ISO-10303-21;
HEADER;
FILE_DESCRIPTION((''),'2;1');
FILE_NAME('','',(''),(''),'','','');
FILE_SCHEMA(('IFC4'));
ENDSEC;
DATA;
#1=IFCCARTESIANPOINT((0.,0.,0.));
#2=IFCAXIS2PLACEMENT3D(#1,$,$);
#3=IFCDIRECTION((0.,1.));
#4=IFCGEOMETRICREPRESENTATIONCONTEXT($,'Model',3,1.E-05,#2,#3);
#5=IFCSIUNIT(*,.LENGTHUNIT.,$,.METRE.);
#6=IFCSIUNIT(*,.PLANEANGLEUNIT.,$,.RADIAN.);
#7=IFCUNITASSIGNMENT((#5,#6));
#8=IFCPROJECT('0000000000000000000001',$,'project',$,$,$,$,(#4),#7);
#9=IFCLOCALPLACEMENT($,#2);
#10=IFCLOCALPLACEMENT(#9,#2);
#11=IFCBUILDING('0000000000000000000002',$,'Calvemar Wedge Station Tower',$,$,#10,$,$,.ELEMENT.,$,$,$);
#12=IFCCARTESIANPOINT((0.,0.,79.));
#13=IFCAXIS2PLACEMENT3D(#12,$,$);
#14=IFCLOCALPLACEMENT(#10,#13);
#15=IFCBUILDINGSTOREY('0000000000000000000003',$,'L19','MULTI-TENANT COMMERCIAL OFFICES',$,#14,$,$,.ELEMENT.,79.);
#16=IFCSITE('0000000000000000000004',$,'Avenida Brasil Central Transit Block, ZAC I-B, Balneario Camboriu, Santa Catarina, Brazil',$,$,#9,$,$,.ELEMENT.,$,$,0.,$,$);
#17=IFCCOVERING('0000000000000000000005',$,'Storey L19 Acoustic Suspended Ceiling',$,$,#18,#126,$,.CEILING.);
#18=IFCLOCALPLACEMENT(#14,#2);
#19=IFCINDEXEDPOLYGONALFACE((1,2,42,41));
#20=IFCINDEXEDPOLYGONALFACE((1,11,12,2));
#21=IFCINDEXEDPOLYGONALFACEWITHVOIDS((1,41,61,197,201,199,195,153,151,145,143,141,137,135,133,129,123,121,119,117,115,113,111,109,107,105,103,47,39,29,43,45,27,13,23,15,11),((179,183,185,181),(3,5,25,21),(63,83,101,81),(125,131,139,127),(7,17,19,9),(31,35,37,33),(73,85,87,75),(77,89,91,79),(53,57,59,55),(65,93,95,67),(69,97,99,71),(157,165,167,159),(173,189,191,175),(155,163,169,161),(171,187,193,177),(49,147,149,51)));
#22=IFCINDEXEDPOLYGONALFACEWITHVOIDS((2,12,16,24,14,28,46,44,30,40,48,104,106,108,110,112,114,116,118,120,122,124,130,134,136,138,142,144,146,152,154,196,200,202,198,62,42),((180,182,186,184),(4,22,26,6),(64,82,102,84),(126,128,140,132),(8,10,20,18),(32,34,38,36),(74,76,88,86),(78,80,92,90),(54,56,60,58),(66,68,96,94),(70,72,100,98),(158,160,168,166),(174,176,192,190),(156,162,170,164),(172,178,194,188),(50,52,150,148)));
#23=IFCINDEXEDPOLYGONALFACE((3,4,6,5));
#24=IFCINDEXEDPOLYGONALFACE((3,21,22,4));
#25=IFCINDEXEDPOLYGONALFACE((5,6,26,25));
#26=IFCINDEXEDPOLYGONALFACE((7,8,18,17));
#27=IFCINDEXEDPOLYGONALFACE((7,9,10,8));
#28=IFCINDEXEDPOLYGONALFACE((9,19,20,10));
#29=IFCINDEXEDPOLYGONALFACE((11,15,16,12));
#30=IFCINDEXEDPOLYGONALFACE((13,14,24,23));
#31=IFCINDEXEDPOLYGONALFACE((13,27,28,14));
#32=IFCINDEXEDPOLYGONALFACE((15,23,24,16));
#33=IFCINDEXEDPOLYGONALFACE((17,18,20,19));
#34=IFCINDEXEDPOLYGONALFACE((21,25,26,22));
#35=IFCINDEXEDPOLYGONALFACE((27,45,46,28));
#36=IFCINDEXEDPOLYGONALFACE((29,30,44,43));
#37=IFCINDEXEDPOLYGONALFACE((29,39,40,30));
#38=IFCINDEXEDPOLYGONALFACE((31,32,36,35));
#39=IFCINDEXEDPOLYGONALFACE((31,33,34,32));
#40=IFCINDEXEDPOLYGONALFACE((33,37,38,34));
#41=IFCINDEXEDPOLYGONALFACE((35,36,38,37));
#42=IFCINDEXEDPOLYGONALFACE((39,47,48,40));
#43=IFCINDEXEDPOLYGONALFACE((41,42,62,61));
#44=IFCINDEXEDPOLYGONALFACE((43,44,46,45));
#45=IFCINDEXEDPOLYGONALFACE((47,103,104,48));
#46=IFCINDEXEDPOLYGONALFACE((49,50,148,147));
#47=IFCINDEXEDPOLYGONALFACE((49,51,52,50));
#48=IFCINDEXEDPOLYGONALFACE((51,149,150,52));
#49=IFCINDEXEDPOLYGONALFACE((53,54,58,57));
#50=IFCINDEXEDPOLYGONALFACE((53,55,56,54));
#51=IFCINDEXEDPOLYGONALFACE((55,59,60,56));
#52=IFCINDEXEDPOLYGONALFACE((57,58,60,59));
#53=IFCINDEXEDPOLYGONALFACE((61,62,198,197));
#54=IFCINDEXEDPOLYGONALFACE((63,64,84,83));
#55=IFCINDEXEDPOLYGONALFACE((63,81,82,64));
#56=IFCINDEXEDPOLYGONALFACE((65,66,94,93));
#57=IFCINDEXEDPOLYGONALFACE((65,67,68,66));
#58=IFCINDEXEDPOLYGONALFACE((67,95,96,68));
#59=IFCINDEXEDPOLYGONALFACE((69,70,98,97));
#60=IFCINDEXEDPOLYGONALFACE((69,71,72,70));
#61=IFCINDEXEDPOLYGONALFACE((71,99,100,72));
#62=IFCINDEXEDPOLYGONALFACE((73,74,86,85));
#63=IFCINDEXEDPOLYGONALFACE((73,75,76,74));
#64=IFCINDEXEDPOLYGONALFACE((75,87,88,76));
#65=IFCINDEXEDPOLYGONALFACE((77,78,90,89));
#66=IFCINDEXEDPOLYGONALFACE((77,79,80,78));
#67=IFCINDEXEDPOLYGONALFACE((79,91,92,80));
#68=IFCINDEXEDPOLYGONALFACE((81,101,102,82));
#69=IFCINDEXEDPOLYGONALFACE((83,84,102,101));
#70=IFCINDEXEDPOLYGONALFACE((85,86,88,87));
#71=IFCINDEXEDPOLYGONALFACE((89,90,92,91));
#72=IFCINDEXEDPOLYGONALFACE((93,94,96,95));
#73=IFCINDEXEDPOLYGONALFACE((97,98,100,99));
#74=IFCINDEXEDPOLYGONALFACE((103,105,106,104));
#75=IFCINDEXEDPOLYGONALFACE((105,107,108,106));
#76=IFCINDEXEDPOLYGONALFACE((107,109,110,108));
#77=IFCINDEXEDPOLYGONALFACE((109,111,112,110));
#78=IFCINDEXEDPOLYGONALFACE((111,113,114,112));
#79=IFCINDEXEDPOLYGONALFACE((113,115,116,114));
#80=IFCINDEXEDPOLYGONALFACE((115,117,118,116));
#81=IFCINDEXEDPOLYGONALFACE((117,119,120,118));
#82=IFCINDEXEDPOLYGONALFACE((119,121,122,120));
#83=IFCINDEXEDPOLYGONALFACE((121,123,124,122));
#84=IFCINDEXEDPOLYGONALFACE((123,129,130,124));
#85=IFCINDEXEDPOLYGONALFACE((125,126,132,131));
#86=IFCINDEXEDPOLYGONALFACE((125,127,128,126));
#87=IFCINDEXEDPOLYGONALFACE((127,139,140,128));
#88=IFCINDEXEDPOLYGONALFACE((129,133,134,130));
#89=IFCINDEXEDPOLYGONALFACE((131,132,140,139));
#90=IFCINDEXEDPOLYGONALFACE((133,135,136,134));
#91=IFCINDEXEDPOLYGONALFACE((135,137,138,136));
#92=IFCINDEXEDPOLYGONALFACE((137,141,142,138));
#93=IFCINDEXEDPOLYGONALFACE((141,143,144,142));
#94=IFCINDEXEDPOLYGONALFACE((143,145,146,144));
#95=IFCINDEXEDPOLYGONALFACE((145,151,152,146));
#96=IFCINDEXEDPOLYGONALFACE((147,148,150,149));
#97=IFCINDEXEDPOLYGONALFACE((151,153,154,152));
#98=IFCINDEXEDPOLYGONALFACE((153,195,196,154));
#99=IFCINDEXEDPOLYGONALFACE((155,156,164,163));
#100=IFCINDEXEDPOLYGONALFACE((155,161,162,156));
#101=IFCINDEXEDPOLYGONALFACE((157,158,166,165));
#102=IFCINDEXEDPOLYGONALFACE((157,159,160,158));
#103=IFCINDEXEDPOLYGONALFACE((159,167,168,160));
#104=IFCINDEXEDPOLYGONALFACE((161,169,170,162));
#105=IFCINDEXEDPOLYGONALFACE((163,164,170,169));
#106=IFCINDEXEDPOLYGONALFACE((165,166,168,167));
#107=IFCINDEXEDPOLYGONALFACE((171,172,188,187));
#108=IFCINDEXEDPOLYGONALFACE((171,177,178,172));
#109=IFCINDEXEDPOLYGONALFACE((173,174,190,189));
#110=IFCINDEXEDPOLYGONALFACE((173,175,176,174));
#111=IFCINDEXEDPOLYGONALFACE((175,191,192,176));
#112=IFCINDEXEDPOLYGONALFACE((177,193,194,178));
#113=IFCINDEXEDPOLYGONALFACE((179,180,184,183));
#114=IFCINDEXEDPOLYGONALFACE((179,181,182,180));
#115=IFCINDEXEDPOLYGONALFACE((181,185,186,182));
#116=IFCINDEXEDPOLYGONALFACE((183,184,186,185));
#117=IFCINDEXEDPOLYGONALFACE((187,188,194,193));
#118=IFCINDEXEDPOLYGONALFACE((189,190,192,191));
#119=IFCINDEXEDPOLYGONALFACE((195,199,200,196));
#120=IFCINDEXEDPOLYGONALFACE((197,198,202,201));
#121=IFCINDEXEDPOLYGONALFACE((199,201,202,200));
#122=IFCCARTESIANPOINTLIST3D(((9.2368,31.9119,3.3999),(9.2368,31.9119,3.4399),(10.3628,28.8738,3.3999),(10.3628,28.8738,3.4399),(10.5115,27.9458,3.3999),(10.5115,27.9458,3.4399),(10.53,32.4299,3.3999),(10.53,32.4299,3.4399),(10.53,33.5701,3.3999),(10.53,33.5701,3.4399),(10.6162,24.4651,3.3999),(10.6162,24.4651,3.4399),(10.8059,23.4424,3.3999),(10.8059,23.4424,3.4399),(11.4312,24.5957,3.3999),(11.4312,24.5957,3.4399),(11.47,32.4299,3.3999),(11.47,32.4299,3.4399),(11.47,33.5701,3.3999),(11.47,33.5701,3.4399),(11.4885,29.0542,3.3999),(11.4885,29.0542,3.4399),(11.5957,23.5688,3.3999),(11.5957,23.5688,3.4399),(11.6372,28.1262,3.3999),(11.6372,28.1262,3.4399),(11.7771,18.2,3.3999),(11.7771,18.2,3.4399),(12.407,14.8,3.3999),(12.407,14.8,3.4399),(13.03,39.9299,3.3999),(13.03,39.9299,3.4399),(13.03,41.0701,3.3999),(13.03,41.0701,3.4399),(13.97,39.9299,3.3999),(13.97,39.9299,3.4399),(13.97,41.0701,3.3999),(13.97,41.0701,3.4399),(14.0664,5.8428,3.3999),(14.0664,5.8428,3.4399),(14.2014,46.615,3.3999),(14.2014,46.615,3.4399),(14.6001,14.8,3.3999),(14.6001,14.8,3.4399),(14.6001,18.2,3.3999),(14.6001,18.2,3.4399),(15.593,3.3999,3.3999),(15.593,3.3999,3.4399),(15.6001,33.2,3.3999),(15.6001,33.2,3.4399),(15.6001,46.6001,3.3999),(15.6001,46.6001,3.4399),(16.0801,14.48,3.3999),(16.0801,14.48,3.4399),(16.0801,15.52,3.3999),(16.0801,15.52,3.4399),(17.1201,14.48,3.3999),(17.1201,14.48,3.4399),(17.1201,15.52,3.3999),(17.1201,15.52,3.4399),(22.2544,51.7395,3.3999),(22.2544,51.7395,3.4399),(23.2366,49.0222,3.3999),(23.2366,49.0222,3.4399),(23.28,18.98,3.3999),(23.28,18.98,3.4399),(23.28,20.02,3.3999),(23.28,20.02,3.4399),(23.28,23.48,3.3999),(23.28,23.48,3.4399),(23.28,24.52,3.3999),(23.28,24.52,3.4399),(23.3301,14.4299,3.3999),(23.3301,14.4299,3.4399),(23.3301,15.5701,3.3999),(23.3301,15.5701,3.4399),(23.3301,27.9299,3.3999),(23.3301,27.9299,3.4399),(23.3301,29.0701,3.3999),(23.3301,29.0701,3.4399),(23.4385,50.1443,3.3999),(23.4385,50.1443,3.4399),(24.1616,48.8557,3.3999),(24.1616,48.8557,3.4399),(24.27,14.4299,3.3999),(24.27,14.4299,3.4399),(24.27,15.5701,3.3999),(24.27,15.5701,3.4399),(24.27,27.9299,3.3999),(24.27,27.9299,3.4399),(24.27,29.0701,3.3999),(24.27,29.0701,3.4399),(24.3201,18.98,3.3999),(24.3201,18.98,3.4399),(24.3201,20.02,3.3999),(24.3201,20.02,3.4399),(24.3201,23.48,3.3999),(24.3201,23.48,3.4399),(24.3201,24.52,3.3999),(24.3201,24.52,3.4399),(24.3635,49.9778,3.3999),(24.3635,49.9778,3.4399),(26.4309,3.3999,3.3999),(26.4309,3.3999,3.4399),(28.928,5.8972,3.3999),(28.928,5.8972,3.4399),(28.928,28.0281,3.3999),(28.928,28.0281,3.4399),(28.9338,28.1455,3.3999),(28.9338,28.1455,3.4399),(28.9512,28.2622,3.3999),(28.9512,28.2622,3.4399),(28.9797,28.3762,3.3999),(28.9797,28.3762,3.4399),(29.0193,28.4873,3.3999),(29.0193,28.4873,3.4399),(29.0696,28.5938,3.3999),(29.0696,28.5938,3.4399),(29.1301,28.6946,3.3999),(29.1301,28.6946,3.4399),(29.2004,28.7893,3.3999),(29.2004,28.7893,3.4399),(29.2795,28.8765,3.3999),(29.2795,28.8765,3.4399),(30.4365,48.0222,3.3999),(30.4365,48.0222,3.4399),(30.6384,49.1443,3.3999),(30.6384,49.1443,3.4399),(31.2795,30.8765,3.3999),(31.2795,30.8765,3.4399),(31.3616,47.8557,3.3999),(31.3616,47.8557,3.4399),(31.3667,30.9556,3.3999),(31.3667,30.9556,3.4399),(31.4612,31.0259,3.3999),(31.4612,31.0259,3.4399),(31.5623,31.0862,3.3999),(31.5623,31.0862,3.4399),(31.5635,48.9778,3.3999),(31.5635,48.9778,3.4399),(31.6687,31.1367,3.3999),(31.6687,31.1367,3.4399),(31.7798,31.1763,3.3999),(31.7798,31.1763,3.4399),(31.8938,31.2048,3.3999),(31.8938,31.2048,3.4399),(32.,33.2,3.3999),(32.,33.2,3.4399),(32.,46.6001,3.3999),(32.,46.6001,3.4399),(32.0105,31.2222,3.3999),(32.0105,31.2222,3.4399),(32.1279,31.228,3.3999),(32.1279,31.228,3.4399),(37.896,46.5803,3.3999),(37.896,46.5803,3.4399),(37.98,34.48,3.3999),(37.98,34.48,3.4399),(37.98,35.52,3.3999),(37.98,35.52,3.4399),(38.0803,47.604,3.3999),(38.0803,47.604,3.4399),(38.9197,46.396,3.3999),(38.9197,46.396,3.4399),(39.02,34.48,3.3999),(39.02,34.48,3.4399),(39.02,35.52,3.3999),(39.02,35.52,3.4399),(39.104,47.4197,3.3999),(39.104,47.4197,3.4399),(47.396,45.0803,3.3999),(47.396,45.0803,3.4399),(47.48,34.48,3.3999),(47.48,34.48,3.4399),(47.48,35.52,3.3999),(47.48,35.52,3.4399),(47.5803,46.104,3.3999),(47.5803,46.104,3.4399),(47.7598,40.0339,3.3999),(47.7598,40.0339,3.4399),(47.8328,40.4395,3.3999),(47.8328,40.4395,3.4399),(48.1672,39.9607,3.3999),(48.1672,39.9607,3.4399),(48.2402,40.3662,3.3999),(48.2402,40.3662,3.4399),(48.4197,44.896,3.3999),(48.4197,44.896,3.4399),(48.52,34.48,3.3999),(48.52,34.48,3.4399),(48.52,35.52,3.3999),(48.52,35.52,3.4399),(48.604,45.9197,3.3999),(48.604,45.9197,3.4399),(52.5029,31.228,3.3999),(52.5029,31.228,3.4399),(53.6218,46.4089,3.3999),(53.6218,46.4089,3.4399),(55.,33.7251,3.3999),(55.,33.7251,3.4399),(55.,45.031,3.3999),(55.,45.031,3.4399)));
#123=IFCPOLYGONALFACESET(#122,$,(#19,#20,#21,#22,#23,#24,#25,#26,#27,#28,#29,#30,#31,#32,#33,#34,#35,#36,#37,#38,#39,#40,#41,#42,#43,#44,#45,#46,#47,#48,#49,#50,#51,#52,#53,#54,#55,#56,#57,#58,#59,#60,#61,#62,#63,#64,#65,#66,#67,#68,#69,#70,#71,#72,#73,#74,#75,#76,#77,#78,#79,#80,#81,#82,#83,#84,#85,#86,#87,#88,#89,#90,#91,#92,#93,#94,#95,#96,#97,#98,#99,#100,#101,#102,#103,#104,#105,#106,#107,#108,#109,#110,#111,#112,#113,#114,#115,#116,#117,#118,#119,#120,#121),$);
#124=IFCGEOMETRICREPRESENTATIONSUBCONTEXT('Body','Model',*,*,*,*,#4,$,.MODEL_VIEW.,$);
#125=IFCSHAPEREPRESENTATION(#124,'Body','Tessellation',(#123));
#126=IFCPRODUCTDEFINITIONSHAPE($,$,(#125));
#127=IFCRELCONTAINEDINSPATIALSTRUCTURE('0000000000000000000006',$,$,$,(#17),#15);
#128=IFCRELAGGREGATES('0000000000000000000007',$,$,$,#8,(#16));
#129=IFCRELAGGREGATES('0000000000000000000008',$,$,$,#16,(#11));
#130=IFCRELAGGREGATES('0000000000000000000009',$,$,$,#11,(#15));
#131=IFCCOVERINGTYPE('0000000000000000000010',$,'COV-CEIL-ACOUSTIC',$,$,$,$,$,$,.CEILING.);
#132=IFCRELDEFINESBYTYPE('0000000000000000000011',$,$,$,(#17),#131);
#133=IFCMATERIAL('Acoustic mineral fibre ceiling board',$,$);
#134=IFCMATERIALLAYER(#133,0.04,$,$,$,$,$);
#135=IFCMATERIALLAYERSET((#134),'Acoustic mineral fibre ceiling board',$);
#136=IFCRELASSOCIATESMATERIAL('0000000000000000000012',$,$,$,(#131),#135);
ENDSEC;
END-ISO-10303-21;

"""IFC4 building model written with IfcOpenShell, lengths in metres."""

from ifc_helpers import new_model, si_unit, direction, frame, origin, place, context, subcontext, project, spatial, polyline, outline, extrude, material, layer, layer_set, type_object, element, save


model = new_model("IFC4")

# Units and contexts
model_context = context("Model", 3, precision=1e-05, world=origin(), true_north=direction((0.0, 1.0)))
body_context = subcontext(model_context, "Body", "Model", "MODEL_VIEW")
ifc_project = project(units=[si_unit("LENGTHUNIT", "METRE"), si_unit("PLANEANGLEUNIT", "RADIAN")], contexts=[model_context])

# Site, building, storey
site_placement = place(None, origin())
site = spatial("IfcSite", under=ifc_project, at=site_placement, Name="Avenida Brasil Central Transit Block, ZAC I-B, Balneario Camboriu, Santa Catarina, Brazil", CompositionType="ELEMENT", RefElevation=0.0)
building_placement = place(site_placement, origin())
building = spatial("IfcBuilding", under=site, at=building_placement, Name="Calvemar Wedge Station Tower", CompositionType="ELEMENT")
storey_placement = place(building_placement, frame((0.0, 0.0, 79.0)))
storey = spatial("IfcBuildingStorey", under=building, at=storey_placement, Name="L19", Description="MULTI-TENANT COMMERCIAL OFFICES", CompositionType="ELEMENT", Elevation=79.0)

# Covering
ifc_material_1 = material(Name="Acoustic mineral fibre ceiling board")
ifc_layer_1 = layer(ifc_material_1, 0.04)
ifc_layer_set_1 = layer_set([ifc_layer_1], Name="Acoustic mineral fibre ceiling board")
covering_type_1 = type_object("IfcCoveringType", Name="COV-CEIL-ACOUSTIC", PredefinedType="CEILING", material=ifc_layer_set_1)
covering_1_placement = place(storey_placement, frame((0.0, 0.0, 3.3999)))
element("IfcCovering", 1, at=covering_1_placement, inside=storey, type_object=covering_type_1, Name="Storey L19 Acoustic Suspended Ceiling", PredefinedType="CEILING", context=body_context, shape_type="SweptSolid", body=[
    extrude(outline(polyline([(29.2795, 28.8765), (31.2795, 30.8765), (31.3667, 30.9556), (31.4612, 31.0259), (31.5623, 31.0862), (31.6687, 31.1367), (31.7798, 31.1763), (31.8938, 31.2048), (32.0105, 31.2222), (32.1279, 31.228), (52.5029, 31.228), (55.0, 33.7251), (55.0, 45.031), (53.6218, 46.4089), (22.2544, 51.7395), (14.2014, 46.615), (9.2368, 31.9119), (10.6162, 24.4651), (11.4312, 24.5957), (11.5957, 23.5688), (10.8059, 23.4424), (11.7771, 18.2), (14.6001, 18.2), (14.6001, 14.8), (12.407, 14.8), (14.0664, 5.8428), (15.593, 3.3999), (26.4309, 3.3999), (28.928, 5.8972), (28.928, 28.0281), (28.9338, 28.1455), (28.9512, 28.2622), (28.9797, 28.3762), (29.0193, 28.4873), (29.0696, 28.5938), (29.1301, 28.6946), (29.2004, 28.7893), (29.2795, 28.8765)]), holes=[polyline([(15.6001, 46.6001), (32.0, 46.6001), (32.0, 33.2), (15.6001, 33.2), (15.6001, 46.6001)]), polyline([(10.53, 32.4299), (10.53, 33.5701), (11.47, 33.5701), (11.47, 32.4299), (10.53, 32.4299)]), polyline([(13.03, 41.0701), (13.97, 41.0701), (13.97, 39.9299), (13.03, 39.9299), (13.03, 41.0701)]), polyline([(24.3635, 49.9778), (24.1616, 48.8557), (23.2366, 49.0222), (23.4385, 50.1443), (24.3635, 49.9778)]), polyline([(31.3616, 47.8557), (30.4365, 48.0222), (30.6384, 49.1443), (31.5635, 48.9778), (31.3616, 47.8557)]), polyline([(37.896, 46.5803), (38.0803, 47.604), (39.104, 47.4197), (38.9197, 46.396), (37.896, 46.5803)]), polyline([(47.5803, 46.104), (48.604, 45.9197), (48.4197, 44.896), (47.396, 45.0803), (47.5803, 46.104)]), polyline([(39.02, 35.52), (39.02, 34.48), (37.98, 34.48), (37.98, 35.52), (39.02, 35.52)]), polyline([(48.52, 34.48), (47.48, 34.48), (47.48, 35.52), (48.52, 35.52), (48.52, 34.48)]), polyline([(47.7598, 40.0339), (47.8328, 40.4395), (48.2402, 40.3662), (48.1672, 39.9607), (47.7598, 40.0339)]), polyline([(11.4885, 29.0542), (11.6372, 28.1262), (10.5115, 27.9458), (10.3628, 28.8738), (11.4885, 29.0542)]), polyline([(24.27, 27.9299), (23.3301, 27.9299), (23.3301, 29.0701), (24.27, 29.0701), (24.27, 27.9299)]), polyline([(23.28, 23.48), (23.28, 24.52), (24.3201, 24.52), (24.3201, 23.48), (23.28, 23.48)]), polyline([(23.28, 20.02), (24.3201, 20.02), (24.3201, 18.98), (23.28, 18.98), (23.28, 20.02)]), polyline([(24.27, 15.5701), (24.27, 14.4299), (23.3301, 14.4299), (23.3301, 15.5701), (24.27, 15.5701)]), polyline([(17.1201, 14.48), (16.0801, 14.48), (16.0801, 15.52), (17.1201, 15.52), (17.1201, 14.48)])]), origin(), (0.0, 0.0, 1.0), 0.04),
])

save(model, "model.ifc")
